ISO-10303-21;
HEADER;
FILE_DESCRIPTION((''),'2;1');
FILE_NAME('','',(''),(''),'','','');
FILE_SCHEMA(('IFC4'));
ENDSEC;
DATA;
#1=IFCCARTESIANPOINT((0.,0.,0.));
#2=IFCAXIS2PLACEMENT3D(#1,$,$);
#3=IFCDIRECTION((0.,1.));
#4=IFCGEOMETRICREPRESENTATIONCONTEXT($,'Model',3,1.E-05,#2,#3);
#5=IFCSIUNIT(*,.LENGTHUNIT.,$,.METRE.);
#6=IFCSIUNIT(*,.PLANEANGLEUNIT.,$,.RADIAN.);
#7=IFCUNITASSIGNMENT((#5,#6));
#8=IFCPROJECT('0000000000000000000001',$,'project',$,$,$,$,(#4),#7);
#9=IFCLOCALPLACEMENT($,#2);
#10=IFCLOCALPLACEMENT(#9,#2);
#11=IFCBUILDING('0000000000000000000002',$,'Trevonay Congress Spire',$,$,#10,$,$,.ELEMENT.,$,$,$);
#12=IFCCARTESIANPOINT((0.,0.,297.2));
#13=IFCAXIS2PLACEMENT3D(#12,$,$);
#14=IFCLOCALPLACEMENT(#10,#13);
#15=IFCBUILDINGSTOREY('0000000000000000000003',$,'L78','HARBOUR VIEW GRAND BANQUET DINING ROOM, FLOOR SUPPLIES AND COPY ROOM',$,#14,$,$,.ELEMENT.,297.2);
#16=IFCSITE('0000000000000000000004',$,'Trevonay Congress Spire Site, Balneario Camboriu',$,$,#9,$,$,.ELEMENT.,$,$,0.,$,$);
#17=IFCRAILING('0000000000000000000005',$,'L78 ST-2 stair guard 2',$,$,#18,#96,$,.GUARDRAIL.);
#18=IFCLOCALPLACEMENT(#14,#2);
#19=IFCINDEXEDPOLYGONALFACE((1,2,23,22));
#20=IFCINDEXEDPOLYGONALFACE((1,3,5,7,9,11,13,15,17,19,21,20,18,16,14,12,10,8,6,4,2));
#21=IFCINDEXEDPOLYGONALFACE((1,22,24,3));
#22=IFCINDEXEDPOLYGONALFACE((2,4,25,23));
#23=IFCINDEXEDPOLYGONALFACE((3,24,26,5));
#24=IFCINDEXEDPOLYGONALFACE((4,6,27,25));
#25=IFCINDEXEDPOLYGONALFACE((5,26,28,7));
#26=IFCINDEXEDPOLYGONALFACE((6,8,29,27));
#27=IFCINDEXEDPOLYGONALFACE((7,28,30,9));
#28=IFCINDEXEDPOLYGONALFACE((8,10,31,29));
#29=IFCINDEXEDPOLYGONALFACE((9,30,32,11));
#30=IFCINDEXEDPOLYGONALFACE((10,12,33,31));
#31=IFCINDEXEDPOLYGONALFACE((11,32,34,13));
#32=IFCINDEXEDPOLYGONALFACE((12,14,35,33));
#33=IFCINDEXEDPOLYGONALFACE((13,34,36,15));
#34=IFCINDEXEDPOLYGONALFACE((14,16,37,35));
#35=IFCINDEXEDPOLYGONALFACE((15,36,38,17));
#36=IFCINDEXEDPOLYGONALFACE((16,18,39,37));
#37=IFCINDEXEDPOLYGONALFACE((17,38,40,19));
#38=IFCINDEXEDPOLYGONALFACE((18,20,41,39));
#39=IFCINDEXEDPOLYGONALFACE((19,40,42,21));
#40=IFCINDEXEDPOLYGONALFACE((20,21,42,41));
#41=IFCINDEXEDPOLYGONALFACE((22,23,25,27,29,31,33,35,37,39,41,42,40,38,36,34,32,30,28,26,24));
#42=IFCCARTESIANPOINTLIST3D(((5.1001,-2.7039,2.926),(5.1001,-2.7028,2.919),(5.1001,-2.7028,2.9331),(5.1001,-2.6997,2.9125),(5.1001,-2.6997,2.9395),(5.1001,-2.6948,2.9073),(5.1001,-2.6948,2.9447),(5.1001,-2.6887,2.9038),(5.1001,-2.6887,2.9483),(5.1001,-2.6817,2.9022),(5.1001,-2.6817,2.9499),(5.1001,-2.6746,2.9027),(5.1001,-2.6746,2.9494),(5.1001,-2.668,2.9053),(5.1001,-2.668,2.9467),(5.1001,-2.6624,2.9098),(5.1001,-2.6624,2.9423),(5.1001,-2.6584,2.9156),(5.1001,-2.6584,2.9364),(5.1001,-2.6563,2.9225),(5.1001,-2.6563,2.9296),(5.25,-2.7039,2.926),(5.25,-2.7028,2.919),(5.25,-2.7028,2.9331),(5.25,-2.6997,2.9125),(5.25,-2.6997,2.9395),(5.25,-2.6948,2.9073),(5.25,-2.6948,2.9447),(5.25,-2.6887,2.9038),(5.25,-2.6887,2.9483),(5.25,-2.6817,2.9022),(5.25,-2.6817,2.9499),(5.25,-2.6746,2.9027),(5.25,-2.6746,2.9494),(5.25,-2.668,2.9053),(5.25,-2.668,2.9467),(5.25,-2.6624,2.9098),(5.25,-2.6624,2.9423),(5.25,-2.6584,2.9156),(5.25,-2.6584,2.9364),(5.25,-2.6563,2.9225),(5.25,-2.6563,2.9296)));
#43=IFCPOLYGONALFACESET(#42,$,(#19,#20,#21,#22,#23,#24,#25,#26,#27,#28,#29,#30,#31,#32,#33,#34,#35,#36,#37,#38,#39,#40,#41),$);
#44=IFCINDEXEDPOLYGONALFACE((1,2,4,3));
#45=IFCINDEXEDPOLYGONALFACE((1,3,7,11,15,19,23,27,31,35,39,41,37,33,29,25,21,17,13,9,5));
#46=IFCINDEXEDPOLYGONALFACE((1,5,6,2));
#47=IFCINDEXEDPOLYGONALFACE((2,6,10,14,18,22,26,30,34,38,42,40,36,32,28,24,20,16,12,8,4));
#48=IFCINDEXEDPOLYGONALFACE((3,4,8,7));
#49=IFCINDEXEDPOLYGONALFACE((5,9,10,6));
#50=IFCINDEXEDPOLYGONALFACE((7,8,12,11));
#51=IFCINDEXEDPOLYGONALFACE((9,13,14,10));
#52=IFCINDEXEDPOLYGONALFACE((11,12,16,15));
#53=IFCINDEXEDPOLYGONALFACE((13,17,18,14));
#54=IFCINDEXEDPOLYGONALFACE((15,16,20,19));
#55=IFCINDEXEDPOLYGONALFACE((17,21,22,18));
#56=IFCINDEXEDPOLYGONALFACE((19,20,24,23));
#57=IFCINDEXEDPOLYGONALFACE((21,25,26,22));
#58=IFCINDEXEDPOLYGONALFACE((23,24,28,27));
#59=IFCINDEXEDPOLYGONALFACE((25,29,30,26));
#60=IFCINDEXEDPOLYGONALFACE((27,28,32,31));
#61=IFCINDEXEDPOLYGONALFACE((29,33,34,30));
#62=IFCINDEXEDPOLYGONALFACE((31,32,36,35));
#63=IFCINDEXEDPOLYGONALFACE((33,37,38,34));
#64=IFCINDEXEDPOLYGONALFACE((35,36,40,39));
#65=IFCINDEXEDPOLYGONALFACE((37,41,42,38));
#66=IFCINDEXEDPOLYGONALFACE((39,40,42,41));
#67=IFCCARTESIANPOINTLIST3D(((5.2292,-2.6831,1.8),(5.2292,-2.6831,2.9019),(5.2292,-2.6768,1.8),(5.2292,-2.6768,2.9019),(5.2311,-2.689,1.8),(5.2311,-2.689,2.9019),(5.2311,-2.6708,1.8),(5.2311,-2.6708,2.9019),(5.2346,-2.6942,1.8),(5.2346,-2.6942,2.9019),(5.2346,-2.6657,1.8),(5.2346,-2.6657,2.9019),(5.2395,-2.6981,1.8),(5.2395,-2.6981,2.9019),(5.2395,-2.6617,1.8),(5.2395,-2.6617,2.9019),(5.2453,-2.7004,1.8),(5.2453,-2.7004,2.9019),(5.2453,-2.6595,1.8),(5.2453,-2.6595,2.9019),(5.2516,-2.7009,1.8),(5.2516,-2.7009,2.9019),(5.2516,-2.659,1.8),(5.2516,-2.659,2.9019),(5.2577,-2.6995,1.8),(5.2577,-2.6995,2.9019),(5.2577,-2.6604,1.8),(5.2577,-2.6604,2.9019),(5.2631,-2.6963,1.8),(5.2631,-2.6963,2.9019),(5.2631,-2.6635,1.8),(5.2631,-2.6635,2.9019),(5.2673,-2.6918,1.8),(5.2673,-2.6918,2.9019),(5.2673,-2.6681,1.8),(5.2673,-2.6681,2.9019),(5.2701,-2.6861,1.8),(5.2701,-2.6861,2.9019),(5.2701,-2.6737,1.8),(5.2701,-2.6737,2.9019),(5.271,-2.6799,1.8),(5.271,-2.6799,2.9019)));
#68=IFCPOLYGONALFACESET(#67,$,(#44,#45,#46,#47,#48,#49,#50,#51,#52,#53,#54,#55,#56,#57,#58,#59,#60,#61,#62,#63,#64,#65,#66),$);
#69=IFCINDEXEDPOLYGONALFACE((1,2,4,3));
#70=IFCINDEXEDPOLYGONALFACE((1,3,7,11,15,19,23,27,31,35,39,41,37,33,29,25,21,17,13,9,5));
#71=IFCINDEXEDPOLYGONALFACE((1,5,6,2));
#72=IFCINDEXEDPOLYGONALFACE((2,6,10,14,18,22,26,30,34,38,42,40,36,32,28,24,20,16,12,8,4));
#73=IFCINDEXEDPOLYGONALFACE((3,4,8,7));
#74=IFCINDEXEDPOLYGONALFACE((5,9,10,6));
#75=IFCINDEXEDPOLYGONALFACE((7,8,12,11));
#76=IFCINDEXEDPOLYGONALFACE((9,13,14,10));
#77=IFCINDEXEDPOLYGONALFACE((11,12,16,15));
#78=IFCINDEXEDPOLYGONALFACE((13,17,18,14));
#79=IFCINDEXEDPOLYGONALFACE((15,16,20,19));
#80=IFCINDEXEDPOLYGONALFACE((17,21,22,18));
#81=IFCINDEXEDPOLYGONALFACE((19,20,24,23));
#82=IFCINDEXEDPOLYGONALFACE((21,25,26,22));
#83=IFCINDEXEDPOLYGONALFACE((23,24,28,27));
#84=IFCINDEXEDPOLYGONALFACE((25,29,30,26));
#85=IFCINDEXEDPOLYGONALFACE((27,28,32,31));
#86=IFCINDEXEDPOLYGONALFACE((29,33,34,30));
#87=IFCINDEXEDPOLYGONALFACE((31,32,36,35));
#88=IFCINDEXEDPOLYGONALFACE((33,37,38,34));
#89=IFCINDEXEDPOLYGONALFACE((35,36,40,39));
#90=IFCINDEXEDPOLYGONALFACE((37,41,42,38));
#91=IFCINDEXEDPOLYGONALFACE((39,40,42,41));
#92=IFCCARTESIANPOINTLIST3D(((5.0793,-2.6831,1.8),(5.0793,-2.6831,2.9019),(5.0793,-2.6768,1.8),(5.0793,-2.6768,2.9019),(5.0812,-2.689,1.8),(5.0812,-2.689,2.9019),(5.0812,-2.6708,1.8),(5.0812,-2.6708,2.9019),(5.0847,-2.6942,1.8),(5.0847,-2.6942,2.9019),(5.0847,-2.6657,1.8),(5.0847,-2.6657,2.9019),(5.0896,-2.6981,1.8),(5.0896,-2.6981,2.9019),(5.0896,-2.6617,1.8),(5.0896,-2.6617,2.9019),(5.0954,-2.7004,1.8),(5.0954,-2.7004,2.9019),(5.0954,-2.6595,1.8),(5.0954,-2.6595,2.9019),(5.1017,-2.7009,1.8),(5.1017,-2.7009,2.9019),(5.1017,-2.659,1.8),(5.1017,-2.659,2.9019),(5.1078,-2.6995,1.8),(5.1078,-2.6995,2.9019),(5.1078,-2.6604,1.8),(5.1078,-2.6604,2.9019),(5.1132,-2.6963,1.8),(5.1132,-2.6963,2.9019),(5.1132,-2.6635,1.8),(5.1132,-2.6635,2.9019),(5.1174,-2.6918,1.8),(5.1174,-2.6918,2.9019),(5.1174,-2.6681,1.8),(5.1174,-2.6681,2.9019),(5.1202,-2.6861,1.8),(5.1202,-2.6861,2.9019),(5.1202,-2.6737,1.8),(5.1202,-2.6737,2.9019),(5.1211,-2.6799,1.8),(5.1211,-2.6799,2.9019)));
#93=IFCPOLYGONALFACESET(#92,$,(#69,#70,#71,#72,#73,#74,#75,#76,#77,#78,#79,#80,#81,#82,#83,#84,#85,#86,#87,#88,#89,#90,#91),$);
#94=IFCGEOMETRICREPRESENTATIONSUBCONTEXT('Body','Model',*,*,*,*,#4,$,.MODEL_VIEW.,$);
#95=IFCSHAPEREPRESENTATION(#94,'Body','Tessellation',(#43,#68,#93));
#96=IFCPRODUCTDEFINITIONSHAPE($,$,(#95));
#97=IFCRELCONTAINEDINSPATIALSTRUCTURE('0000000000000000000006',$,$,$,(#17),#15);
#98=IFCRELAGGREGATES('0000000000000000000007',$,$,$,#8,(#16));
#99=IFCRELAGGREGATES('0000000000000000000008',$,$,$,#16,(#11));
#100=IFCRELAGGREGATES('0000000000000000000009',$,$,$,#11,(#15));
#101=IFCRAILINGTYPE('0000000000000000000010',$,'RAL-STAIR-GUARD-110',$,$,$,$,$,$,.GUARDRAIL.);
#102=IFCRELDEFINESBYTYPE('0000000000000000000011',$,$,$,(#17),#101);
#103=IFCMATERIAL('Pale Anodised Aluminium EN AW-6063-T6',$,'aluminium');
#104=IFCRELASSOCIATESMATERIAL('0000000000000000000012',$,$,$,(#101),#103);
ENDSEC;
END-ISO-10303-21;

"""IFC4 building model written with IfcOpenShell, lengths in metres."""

from ifc_helpers import new_model, si_unit, direction, frame, origin, origin_2d, place, context, subcontext, project, spatial, circle, extrude, material, type_object, element, save


model = new_model("IFC4")

# Units and contexts
model_context = context("Model", 3, precision=1e-05, world=origin(), true_north=direction((0.0, 1.0)))
body_context = subcontext(model_context, "Body", "Model", "MODEL_VIEW")
ifc_project = project(units=[si_unit("LENGTHUNIT", "METRE"), si_unit("PLANEANGLEUNIT", "RADIAN")], contexts=[model_context])

# Site, building, storey
site_placement = place(None, origin())
site = spatial("IfcSite", under=ifc_project, at=site_placement, Name="Trevonay Congress Spire Site, Balneario Camboriu", CompositionType="ELEMENT", RefElevation=0.0)
building_placement = place(site_placement, origin())
building = spatial("IfcBuilding", under=site, at=building_placement, Name="Trevonay Congress Spire", CompositionType="ELEMENT")
storey_placement = place(building_placement, frame((0.0, 0.0, 297.2)))
storey = spatial("IfcBuildingStorey", under=building, at=storey_placement, Name="L78", Description="HARBOUR VIEW GRAND BANQUET DINING ROOM, FLOOR SUPPLIES AND COPY ROOM", CompositionType="ELEMENT", Elevation=297.2)

# Shared definitions
ifc_material_1 = material(Name="Pale Anodised Aluminium EN AW-6063-T6", Category="aluminium")

# Railing
railing_type_1 = type_object("IfcRailingType", Name="RAL-STAIR-GUARD-110", PredefinedType="GUARDRAIL", material=ifc_material_1)
railing_1_placement = place(storey_placement, frame((5.25, -2.6799, 1.8)))
element("IfcRailing", 1, at=railing_1_placement, inside=storey, type_object=railing_type_1, Name="L78 ST-2 stair guard 2", PredefinedType="GUARDRAIL", context=body_context, shape_type="SweptSolid", body=[
    extrude(circle(Radius=0.0239, at=origin_2d()), frame((0.0, 0.0, 1.126), z_axis=(-1.0, 0.0, 0.0), x_axis=(0.0, -1.0, 0.0)), (0.0, 0.0, 1.0), 0.1499),
    extrude(circle(Radius=0.021, at=origin_2d()), origin(), (0.0, 0.0, 1.0), 1.1018),
    extrude(circle(Radius=0.021, at=origin_2d()), frame((-0.1499, 0.0, 0.0)), (0.0, 0.0, 1.0), 1.1018),
])

save(model, "model.ifc")
